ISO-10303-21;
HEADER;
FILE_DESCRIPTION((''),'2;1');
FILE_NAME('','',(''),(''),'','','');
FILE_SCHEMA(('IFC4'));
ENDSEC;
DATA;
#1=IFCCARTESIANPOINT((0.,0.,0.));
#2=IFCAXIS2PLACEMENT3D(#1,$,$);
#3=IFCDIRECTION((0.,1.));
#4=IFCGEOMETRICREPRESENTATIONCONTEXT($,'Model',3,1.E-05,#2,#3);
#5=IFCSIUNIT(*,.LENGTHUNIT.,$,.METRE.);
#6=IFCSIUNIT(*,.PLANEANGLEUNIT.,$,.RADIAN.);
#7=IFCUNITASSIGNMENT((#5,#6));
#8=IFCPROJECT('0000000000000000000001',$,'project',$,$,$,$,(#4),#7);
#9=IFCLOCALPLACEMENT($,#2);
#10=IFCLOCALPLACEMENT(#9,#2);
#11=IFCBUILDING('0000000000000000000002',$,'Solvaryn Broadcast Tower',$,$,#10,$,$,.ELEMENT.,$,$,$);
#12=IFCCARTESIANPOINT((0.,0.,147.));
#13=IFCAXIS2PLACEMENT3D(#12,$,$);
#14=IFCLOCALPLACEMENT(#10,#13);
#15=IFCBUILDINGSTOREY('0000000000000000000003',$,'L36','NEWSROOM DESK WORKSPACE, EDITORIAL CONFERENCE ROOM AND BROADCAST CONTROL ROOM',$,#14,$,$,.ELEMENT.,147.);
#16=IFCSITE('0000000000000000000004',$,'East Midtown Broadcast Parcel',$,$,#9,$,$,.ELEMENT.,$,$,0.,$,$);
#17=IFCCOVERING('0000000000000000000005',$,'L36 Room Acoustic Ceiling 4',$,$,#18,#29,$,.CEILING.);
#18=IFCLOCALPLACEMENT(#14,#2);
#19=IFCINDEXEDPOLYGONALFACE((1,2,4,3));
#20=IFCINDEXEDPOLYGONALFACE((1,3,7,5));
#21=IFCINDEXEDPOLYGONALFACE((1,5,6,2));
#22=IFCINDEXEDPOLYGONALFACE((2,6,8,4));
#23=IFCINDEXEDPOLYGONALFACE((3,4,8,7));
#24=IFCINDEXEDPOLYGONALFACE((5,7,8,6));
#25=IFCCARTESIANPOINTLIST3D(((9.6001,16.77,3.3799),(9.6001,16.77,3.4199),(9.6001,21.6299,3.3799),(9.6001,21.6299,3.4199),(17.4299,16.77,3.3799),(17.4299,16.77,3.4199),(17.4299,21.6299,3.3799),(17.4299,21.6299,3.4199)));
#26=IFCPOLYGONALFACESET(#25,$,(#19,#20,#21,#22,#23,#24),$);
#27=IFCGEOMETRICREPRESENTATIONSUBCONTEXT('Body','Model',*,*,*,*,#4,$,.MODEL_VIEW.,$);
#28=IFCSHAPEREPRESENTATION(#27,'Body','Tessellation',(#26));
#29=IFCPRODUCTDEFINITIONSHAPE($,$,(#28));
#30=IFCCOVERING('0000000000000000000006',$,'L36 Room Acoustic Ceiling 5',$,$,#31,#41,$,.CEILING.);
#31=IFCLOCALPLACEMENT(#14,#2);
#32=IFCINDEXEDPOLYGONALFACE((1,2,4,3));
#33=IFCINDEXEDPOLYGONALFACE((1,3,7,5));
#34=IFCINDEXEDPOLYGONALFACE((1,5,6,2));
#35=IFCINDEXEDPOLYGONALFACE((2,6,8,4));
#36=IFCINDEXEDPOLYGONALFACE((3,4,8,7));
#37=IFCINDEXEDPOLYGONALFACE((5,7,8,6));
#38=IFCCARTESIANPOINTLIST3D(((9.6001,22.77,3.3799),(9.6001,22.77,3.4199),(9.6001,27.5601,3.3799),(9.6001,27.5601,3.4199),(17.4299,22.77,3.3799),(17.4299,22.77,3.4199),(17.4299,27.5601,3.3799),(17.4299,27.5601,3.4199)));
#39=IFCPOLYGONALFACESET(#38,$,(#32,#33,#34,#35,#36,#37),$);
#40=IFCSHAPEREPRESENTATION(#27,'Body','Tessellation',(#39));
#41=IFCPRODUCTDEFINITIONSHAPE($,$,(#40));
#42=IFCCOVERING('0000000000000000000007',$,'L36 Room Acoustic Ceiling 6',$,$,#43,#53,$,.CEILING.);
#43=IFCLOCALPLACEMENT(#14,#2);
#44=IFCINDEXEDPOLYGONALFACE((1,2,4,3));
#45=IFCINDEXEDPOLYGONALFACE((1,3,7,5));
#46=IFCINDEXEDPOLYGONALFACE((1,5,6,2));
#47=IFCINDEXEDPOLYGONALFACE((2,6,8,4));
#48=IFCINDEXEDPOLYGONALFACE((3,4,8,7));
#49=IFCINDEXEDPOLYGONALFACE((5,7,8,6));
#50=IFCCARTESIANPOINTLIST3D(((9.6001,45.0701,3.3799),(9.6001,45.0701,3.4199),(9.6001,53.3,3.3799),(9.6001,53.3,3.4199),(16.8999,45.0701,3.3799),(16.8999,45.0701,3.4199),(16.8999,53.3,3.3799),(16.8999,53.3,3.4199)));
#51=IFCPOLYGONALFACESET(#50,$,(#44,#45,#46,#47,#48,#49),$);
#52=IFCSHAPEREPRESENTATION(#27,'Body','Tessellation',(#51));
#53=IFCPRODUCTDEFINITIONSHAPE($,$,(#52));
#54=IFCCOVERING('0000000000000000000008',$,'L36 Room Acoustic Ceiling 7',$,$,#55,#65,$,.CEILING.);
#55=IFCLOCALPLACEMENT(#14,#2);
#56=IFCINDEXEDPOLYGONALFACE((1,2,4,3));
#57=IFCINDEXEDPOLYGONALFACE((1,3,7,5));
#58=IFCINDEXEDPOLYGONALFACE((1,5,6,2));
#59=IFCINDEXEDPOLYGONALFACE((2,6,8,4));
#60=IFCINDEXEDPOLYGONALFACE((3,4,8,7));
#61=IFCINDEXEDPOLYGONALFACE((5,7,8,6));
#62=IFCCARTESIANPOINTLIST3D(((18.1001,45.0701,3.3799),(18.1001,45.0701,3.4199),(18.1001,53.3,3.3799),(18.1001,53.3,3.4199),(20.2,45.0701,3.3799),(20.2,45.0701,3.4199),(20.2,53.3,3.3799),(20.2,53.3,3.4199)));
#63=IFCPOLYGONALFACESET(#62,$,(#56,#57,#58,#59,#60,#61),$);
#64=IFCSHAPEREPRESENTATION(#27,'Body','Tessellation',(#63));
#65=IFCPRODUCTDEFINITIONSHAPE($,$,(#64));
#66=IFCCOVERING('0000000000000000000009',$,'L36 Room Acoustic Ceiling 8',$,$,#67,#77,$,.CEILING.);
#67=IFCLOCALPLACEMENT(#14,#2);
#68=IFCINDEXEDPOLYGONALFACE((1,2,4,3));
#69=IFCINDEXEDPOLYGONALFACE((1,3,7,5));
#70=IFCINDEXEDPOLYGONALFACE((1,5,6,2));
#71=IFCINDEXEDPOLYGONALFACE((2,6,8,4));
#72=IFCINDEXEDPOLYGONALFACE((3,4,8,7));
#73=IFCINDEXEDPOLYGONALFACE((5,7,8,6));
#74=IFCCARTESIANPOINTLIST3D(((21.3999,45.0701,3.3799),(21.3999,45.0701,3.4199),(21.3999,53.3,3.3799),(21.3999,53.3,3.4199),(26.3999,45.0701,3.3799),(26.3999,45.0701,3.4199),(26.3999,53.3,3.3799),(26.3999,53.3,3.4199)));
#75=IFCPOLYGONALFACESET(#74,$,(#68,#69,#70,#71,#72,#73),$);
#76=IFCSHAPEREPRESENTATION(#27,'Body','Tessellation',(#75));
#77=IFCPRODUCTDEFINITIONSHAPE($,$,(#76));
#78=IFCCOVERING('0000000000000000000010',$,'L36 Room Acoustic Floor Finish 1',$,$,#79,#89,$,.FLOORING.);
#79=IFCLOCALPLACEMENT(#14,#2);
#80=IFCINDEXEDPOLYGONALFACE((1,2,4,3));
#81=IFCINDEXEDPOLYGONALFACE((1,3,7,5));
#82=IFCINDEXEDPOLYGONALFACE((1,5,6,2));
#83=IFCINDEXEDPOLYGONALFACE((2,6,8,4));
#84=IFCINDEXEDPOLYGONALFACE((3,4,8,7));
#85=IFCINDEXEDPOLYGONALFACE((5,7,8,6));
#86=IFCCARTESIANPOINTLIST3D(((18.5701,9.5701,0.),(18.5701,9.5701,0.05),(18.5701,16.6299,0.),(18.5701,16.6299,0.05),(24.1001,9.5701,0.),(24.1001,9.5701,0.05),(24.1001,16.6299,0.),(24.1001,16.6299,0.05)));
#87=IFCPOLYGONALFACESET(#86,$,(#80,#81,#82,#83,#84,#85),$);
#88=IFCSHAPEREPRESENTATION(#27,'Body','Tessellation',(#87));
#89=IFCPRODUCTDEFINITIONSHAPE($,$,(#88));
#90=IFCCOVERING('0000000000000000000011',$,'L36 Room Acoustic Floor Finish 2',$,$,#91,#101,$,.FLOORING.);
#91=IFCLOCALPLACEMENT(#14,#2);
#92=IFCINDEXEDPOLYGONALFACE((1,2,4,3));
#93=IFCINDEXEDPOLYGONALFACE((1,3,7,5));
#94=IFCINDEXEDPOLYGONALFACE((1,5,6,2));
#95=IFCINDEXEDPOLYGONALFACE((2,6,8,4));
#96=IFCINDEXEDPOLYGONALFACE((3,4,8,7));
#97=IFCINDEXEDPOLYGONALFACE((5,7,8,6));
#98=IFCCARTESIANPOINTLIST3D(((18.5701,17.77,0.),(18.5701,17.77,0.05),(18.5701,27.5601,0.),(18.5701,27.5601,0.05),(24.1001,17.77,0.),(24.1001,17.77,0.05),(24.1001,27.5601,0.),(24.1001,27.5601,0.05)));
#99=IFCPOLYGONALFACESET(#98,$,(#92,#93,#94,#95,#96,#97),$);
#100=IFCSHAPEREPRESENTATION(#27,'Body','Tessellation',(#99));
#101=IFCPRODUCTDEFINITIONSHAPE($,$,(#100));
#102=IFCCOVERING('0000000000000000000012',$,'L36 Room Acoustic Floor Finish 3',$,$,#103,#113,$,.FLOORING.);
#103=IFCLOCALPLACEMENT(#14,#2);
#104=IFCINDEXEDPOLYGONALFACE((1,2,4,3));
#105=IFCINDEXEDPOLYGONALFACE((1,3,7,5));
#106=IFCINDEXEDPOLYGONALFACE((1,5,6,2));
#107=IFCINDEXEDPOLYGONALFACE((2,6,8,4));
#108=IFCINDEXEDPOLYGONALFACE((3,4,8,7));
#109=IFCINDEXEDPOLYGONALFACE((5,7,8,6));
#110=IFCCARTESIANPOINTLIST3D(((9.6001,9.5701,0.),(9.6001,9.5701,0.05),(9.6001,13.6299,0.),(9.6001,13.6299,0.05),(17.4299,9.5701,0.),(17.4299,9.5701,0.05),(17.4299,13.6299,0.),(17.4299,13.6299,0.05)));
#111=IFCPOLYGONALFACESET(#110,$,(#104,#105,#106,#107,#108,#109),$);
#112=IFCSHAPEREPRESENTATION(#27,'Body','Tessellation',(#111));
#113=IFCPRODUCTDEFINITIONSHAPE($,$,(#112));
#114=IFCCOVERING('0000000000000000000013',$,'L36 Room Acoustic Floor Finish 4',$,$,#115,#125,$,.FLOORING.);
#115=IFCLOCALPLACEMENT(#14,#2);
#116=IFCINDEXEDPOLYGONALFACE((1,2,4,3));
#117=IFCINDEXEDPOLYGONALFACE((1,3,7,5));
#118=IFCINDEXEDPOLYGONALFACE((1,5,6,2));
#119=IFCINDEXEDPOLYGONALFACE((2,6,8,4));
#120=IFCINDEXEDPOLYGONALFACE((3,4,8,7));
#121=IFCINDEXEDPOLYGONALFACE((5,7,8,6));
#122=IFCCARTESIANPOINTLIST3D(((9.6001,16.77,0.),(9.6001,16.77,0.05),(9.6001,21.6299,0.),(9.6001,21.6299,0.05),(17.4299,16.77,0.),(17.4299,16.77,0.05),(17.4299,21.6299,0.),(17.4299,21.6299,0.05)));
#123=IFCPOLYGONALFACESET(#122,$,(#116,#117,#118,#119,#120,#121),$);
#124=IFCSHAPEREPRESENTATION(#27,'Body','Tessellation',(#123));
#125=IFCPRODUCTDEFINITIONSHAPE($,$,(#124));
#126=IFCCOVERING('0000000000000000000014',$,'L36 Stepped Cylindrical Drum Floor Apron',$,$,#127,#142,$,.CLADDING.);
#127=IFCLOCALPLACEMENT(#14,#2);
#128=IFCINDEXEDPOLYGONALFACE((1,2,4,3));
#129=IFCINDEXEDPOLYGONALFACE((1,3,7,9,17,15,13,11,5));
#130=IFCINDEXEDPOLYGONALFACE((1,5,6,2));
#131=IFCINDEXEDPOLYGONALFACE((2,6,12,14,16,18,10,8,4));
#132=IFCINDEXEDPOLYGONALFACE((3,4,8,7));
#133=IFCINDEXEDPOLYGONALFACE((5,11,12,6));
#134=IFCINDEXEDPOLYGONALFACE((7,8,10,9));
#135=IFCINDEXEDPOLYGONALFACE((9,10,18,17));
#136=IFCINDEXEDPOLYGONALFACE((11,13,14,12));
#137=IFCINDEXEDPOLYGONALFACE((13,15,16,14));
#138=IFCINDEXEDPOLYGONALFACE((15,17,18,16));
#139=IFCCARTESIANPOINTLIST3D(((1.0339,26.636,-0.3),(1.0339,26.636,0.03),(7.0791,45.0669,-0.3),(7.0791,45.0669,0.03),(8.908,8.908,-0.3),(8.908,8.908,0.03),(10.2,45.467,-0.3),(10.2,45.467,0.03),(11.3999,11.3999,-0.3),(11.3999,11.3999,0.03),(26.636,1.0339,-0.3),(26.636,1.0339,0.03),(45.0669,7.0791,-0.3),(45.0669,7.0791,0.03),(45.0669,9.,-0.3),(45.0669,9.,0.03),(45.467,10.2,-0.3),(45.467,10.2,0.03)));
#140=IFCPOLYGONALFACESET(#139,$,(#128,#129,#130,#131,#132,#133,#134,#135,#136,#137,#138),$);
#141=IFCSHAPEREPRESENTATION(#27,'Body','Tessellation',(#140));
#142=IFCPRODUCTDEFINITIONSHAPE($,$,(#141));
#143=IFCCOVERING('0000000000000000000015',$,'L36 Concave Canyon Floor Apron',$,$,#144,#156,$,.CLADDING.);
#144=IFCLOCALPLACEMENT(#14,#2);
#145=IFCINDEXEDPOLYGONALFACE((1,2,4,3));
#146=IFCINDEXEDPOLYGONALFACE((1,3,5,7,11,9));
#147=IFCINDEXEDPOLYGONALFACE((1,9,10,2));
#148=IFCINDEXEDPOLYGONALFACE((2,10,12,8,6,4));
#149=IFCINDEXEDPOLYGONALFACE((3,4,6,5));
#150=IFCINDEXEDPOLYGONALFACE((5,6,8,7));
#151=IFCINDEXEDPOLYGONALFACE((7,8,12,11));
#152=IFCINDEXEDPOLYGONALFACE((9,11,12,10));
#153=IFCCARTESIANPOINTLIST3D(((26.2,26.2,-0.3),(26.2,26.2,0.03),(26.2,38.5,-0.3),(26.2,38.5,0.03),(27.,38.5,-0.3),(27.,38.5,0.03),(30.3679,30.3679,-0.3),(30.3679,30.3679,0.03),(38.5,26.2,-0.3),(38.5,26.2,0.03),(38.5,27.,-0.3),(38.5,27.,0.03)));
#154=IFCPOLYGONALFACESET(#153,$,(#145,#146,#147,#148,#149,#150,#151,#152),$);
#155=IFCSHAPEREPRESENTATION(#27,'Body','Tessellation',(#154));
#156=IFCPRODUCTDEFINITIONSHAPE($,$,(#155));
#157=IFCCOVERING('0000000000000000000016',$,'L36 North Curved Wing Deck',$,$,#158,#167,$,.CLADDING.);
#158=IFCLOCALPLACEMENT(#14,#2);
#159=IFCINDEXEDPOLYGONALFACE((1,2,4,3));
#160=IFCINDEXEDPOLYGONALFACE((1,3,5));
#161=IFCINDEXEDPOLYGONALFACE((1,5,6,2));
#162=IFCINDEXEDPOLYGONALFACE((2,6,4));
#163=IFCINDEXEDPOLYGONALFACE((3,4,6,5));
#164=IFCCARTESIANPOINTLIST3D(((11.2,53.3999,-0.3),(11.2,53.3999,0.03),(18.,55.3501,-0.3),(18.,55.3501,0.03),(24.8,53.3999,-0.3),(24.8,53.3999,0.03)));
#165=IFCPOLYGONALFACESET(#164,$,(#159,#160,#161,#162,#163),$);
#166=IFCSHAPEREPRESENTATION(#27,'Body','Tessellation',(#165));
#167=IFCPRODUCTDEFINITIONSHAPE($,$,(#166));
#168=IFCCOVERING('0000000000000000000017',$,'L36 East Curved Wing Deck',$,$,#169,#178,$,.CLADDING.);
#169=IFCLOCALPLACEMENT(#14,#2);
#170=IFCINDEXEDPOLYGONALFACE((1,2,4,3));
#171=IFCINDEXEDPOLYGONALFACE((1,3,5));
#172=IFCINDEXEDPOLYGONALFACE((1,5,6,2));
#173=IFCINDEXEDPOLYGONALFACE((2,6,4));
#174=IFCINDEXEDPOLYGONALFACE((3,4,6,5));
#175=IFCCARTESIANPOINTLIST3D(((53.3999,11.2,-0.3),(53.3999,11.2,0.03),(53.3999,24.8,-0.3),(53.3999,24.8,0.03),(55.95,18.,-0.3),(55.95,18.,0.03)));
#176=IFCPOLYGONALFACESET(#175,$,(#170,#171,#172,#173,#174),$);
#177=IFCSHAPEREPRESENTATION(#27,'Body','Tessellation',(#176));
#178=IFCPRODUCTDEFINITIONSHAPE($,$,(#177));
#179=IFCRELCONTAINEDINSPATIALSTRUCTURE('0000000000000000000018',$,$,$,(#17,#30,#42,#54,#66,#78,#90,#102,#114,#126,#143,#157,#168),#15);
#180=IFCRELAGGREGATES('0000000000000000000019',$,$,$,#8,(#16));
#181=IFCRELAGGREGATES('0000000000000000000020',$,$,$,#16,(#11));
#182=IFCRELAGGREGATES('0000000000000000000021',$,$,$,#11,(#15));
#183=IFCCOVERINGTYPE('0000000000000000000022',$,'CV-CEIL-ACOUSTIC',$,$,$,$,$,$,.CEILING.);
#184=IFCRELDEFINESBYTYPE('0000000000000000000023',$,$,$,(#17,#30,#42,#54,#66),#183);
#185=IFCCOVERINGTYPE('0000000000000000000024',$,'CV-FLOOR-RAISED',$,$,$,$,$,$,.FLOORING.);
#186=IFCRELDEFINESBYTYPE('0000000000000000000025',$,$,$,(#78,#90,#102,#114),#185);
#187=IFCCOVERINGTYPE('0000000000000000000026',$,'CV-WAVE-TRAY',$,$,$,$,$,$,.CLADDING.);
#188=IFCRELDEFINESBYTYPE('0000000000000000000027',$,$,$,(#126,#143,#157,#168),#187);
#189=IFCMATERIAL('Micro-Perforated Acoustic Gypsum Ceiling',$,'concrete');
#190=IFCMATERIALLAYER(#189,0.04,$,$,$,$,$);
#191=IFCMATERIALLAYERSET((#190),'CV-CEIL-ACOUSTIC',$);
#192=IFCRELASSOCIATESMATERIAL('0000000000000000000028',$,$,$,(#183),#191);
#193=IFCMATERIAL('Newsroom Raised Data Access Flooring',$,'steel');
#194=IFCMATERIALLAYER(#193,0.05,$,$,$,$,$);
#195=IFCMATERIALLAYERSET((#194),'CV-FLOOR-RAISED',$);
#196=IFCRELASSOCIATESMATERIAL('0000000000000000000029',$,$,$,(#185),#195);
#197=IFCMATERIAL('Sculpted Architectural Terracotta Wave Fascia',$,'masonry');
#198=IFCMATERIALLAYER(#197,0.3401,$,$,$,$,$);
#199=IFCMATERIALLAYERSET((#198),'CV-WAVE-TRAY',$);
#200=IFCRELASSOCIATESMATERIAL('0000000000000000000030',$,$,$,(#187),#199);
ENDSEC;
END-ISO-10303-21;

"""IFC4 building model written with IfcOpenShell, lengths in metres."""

from ifc_helpers import new_model, si_unit, direction, frame, origin, place, context, subcontext, project, spatial, polyline, outline, extrude, material, layer, layer_set, type_object, element, save


model = new_model("IFC4")

# Units and contexts
model_context = context("Model", 3, precision=1e-05, world=origin(), true_north=direction((0.0, 1.0)))
body_context = subcontext(model_context, "Body", "Model", "MODEL_VIEW")
ifc_project = project(units=[si_unit("LENGTHUNIT", "METRE"), si_unit("PLANEANGLEUNIT", "RADIAN")], contexts=[model_context])

# Site, building, storey
site_placement = place(None, origin())
site = spatial("IfcSite", under=ifc_project, at=site_placement, Name="East Midtown Broadcast Parcel", CompositionType="ELEMENT", RefElevation=0.0)
building_placement = place(site_placement, origin())
building = spatial("IfcBuilding", under=site, at=building_placement, Name="Solvaryn Broadcast Tower", CompositionType="ELEMENT")
storey_placement = place(building_placement, frame((0.0, 0.0, 147.0)))
storey = spatial("IfcBuildingStorey", under=building, at=storey_placement, Name="L36", Description="NEWSROOM DESK WORKSPACE, EDITORIAL CONFERENCE ROOM AND BROADCAST CONTROL ROOM", CompositionType="ELEMENT", Elevation=147.0)

# Coverings
ifc_material_1 = material(Name="Micro-Perforated Acoustic Gypsum Ceiling", Category="concrete")
ifc_layer_1 = layer(ifc_material_1, 0.04)
ifc_layer_set_1 = layer_set([ifc_layer_1], Name="CV-CEIL-ACOUSTIC")
covering_type_1 = type_object("IfcCoveringType", Name="CV-CEIL-ACOUSTIC", PredefinedType="CEILING", material=ifc_layer_set_1)
covering_1_placement = place(storey_placement, frame((0.0, 0.0, 3.3799)))
element("IfcCovering", 1, at=covering_1_placement, inside=storey, type_object=covering_type_1, Name="L36 Room Acoustic Ceiling 4", PredefinedType="CEILING", context=body_context, shape_type="SweptSolid", body=[
    extrude(outline(polyline([(9.6001, 16.77), (17.4299, 16.77), (17.4299, 21.6299), (9.6001, 21.6299), (9.6001, 16.77)])), origin(), (0.0, 0.0, 1.0), 0.04),
])
covering_2_placement = place(storey_placement, frame((0.0, 0.0, 3.3799)))
element("IfcCovering", 2, at=covering_2_placement, inside=storey, type_object=covering_type_1, Name="L36 Room Acoustic Ceiling 5", PredefinedType="CEILING", context=body_context, shape_type="SweptSolid", body=[
    extrude(outline(polyline([(9.6001, 22.77), (17.4299, 22.77), (17.4299, 27.5601), (9.6001, 27.5601), (9.6001, 22.77)])), origin(), (0.0, 0.0, 1.0), 0.04),
])
covering_3_placement = place(storey_placement, frame((0.0, 0.0, 3.3799)))
element("IfcCovering", 3, at=covering_3_placement, inside=storey, type_object=covering_type_1, Name="L36 Room Acoustic Ceiling 6", PredefinedType="CEILING", context=body_context, shape_type="SweptSolid", body=[
    extrude(outline(polyline([(9.6001, 45.0701), (16.8999, 45.0701), (16.8999, 53.3), (9.6001, 53.3), (9.6001, 45.0701)])), origin(), (0.0, 0.0, 1.0), 0.04),
])
covering_4_placement = place(storey_placement, frame((0.0, 0.0, 3.3799)))
element("IfcCovering", 4, at=covering_4_placement, inside=storey, type_object=covering_type_1, Name="L36 Room Acoustic Ceiling 7", PredefinedType="CEILING", context=body_context, shape_type="SweptSolid", body=[
    extrude(outline(polyline([(18.1001, 45.0701), (20.2, 45.0701), (20.2, 53.3), (18.1001, 53.3), (18.1001, 45.0701)])), origin(), (0.0, 0.0, 1.0), 0.04),
])
covering_5_placement = place(storey_placement, frame((0.0, 0.0, 3.3799)))
element("IfcCovering", 5, at=covering_5_placement, inside=storey, type_object=covering_type_1, Name="L36 Room Acoustic Ceiling 8", PredefinedType="CEILING", context=body_context, shape_type="SweptSolid", body=[
    extrude(outline(polyline([(21.3999, 45.0701), (26.3999, 45.0701), (26.3999, 53.3), (21.3999, 53.3), (21.3999, 45.0701)])), origin(), (0.0, 0.0, 1.0), 0.04),
])
ifc_material_2 = material(Name="Newsroom Raised Data Access Flooring", Category="steel")
ifc_layer_2 = layer(ifc_material_2, 0.05)
ifc_layer_set_2 = layer_set([ifc_layer_2], Name="CV-FLOOR-RAISED")
covering_type_2 = type_object("IfcCoveringType", Name="CV-FLOOR-RAISED", PredefinedType="FLOORING", material=ifc_layer_set_2)
covering_6_placement = place(storey_placement, origin())
element("IfcCovering", 6, at=covering_6_placement, inside=storey, type_object=covering_type_2, Name="L36 Room Acoustic Floor Finish 1", PredefinedType="FLOORING", context=body_context, shape_type="SweptSolid", body=[
    extrude(outline(polyline([(18.5701, 9.5701), (24.1001, 9.5701), (24.1001, 16.6299), (18.5701, 16.6299), (18.5701, 9.5701)])), origin(), (0.0, 0.0, 1.0), 0.05),
])
covering_7_placement = place(storey_placement, origin())
element("IfcCovering", 7, at=covering_7_placement, inside=storey, type_object=covering_type_2, Name="L36 Room Acoustic Floor Finish 2", PredefinedType="FLOORING", context=body_context, shape_type="SweptSolid", body=[
    extrude(outline(polyline([(18.5701, 17.77), (24.1001, 17.77), (24.1001, 27.5601), (18.5701, 27.5601), (18.5701, 17.77)])), origin(), (0.0, 0.0, 1.0), 0.05),
])
covering_8_placement = place(storey_placement, origin())
element("IfcCovering", 8, at=covering_8_placement, inside=storey, type_object=covering_type_2, Name="L36 Room Acoustic Floor Finish 3", PredefinedType="FLOORING", context=body_context, shape_type="SweptSolid", body=[
    extrude(outline(polyline([(9.6001, 9.5701), (17.4299, 9.5701), (17.4299, 13.6299), (9.6001, 13.6299), (9.6001, 9.5701)])), origin(), (0.0, 0.0, 1.0), 0.05),
])
covering_9_placement = place(storey_placement, origin())
element("IfcCovering", 9, at=covering_9_placement, inside=storey, type_object=covering_type_2, Name="L36 Room Acoustic Floor Finish 4", PredefinedType="FLOORING", context=body_context, shape_type="SweptSolid", body=[
    extrude(outline(polyline([(9.6001, 16.77), (17.4299, 16.77), (17.4299, 21.6299), (9.6001, 21.6299), (9.6001, 16.77)])), origin(), (0.0, 0.0, 1.0), 0.05),
])
ifc_material_3 = material(Name="Sculpted Architectural Terracotta Wave Fascia", Category="masonry")
ifc_layer_3 = layer(ifc_material_3, 0.3401)
ifc_layer_set_3 = layer_set([ifc_layer_3], Name="CV-WAVE-TRAY")
covering_type_3 = type_object("IfcCoveringType", Name="CV-WAVE-TRAY", PredefinedType="CLADDING", material=ifc_layer_set_3)
covering_10_placement = place(storey_placement, frame((0.0, 0.0, -0.3)))
element("IfcCovering", 10, at=covering_10_placement, inside=storey, type_object=covering_type_3, Name="L36 Stepped Cylindrical Drum Floor Apron", PredefinedType="CLADDING", context=body_context, shape_type="SweptSolid", body=[
    extrude(outline(polyline([(10.2, 45.467), (7.0791, 45.0669), (1.0339, 26.636), (8.908, 8.908), (26.636, 1.0339), (45.0669, 7.0791), (45.0669, 9.0), (45.467, 10.2), (11.3999, 11.3999), (10.2, 45.467)])), origin(), (0.0, 0.0, 1.0), 0.3301),
])
covering_11_placement = place(storey_placement, frame((0.0, 0.0, -0.3)))
element("IfcCovering", 11, at=covering_11_placement, inside=storey, type_object=covering_type_3, Name="L36 Concave Canyon Floor Apron", PredefinedType="CLADDING", context=body_context, shape_type="SweptSolid", body=[
    extrude(outline(polyline([(26.2, 26.2), (38.5, 26.2), (38.5, 27.0), (30.3679, 30.3679), (27.0, 38.5), (26.2, 38.5), (26.2, 26.2)])), origin(), (0.0, 0.0, 1.0), 0.3301),
])
covering_12_placement = place(storey_placement, frame((0.0, 0.0, -0.3)))
element("IfcCovering", 12, at=covering_12_placement, inside=storey, type_object=covering_type_3, Name="L36 North Curved Wing Deck", PredefinedType="CLADDING", context=body_context, shape_type="SweptSolid", body=[
    extrude(outline(polyline([(11.2, 53.3999), (24.8, 53.3999), (18.0, 55.3501), (11.2, 53.3999)])), origin(), (0.0, 0.0, 1.0), 0.3301),
])
covering_13_placement = place(storey_placement, frame((0.0, 0.0, -0.3)))
element("IfcCovering", 13, at=covering_13_placement, inside=storey, type_object=covering_type_3, Name="L36 East Curved Wing Deck", PredefinedType="CLADDING", context=body_context, shape_type="SweptSolid", body=[
    extrude(outline(polyline([(53.3999, 11.2), (55.95, 18.0), (53.3999, 24.8), (53.3999, 11.2)])), origin(), (0.0, 0.0, 1.0), 0.3301),
])

save(model, "model.ifc")
